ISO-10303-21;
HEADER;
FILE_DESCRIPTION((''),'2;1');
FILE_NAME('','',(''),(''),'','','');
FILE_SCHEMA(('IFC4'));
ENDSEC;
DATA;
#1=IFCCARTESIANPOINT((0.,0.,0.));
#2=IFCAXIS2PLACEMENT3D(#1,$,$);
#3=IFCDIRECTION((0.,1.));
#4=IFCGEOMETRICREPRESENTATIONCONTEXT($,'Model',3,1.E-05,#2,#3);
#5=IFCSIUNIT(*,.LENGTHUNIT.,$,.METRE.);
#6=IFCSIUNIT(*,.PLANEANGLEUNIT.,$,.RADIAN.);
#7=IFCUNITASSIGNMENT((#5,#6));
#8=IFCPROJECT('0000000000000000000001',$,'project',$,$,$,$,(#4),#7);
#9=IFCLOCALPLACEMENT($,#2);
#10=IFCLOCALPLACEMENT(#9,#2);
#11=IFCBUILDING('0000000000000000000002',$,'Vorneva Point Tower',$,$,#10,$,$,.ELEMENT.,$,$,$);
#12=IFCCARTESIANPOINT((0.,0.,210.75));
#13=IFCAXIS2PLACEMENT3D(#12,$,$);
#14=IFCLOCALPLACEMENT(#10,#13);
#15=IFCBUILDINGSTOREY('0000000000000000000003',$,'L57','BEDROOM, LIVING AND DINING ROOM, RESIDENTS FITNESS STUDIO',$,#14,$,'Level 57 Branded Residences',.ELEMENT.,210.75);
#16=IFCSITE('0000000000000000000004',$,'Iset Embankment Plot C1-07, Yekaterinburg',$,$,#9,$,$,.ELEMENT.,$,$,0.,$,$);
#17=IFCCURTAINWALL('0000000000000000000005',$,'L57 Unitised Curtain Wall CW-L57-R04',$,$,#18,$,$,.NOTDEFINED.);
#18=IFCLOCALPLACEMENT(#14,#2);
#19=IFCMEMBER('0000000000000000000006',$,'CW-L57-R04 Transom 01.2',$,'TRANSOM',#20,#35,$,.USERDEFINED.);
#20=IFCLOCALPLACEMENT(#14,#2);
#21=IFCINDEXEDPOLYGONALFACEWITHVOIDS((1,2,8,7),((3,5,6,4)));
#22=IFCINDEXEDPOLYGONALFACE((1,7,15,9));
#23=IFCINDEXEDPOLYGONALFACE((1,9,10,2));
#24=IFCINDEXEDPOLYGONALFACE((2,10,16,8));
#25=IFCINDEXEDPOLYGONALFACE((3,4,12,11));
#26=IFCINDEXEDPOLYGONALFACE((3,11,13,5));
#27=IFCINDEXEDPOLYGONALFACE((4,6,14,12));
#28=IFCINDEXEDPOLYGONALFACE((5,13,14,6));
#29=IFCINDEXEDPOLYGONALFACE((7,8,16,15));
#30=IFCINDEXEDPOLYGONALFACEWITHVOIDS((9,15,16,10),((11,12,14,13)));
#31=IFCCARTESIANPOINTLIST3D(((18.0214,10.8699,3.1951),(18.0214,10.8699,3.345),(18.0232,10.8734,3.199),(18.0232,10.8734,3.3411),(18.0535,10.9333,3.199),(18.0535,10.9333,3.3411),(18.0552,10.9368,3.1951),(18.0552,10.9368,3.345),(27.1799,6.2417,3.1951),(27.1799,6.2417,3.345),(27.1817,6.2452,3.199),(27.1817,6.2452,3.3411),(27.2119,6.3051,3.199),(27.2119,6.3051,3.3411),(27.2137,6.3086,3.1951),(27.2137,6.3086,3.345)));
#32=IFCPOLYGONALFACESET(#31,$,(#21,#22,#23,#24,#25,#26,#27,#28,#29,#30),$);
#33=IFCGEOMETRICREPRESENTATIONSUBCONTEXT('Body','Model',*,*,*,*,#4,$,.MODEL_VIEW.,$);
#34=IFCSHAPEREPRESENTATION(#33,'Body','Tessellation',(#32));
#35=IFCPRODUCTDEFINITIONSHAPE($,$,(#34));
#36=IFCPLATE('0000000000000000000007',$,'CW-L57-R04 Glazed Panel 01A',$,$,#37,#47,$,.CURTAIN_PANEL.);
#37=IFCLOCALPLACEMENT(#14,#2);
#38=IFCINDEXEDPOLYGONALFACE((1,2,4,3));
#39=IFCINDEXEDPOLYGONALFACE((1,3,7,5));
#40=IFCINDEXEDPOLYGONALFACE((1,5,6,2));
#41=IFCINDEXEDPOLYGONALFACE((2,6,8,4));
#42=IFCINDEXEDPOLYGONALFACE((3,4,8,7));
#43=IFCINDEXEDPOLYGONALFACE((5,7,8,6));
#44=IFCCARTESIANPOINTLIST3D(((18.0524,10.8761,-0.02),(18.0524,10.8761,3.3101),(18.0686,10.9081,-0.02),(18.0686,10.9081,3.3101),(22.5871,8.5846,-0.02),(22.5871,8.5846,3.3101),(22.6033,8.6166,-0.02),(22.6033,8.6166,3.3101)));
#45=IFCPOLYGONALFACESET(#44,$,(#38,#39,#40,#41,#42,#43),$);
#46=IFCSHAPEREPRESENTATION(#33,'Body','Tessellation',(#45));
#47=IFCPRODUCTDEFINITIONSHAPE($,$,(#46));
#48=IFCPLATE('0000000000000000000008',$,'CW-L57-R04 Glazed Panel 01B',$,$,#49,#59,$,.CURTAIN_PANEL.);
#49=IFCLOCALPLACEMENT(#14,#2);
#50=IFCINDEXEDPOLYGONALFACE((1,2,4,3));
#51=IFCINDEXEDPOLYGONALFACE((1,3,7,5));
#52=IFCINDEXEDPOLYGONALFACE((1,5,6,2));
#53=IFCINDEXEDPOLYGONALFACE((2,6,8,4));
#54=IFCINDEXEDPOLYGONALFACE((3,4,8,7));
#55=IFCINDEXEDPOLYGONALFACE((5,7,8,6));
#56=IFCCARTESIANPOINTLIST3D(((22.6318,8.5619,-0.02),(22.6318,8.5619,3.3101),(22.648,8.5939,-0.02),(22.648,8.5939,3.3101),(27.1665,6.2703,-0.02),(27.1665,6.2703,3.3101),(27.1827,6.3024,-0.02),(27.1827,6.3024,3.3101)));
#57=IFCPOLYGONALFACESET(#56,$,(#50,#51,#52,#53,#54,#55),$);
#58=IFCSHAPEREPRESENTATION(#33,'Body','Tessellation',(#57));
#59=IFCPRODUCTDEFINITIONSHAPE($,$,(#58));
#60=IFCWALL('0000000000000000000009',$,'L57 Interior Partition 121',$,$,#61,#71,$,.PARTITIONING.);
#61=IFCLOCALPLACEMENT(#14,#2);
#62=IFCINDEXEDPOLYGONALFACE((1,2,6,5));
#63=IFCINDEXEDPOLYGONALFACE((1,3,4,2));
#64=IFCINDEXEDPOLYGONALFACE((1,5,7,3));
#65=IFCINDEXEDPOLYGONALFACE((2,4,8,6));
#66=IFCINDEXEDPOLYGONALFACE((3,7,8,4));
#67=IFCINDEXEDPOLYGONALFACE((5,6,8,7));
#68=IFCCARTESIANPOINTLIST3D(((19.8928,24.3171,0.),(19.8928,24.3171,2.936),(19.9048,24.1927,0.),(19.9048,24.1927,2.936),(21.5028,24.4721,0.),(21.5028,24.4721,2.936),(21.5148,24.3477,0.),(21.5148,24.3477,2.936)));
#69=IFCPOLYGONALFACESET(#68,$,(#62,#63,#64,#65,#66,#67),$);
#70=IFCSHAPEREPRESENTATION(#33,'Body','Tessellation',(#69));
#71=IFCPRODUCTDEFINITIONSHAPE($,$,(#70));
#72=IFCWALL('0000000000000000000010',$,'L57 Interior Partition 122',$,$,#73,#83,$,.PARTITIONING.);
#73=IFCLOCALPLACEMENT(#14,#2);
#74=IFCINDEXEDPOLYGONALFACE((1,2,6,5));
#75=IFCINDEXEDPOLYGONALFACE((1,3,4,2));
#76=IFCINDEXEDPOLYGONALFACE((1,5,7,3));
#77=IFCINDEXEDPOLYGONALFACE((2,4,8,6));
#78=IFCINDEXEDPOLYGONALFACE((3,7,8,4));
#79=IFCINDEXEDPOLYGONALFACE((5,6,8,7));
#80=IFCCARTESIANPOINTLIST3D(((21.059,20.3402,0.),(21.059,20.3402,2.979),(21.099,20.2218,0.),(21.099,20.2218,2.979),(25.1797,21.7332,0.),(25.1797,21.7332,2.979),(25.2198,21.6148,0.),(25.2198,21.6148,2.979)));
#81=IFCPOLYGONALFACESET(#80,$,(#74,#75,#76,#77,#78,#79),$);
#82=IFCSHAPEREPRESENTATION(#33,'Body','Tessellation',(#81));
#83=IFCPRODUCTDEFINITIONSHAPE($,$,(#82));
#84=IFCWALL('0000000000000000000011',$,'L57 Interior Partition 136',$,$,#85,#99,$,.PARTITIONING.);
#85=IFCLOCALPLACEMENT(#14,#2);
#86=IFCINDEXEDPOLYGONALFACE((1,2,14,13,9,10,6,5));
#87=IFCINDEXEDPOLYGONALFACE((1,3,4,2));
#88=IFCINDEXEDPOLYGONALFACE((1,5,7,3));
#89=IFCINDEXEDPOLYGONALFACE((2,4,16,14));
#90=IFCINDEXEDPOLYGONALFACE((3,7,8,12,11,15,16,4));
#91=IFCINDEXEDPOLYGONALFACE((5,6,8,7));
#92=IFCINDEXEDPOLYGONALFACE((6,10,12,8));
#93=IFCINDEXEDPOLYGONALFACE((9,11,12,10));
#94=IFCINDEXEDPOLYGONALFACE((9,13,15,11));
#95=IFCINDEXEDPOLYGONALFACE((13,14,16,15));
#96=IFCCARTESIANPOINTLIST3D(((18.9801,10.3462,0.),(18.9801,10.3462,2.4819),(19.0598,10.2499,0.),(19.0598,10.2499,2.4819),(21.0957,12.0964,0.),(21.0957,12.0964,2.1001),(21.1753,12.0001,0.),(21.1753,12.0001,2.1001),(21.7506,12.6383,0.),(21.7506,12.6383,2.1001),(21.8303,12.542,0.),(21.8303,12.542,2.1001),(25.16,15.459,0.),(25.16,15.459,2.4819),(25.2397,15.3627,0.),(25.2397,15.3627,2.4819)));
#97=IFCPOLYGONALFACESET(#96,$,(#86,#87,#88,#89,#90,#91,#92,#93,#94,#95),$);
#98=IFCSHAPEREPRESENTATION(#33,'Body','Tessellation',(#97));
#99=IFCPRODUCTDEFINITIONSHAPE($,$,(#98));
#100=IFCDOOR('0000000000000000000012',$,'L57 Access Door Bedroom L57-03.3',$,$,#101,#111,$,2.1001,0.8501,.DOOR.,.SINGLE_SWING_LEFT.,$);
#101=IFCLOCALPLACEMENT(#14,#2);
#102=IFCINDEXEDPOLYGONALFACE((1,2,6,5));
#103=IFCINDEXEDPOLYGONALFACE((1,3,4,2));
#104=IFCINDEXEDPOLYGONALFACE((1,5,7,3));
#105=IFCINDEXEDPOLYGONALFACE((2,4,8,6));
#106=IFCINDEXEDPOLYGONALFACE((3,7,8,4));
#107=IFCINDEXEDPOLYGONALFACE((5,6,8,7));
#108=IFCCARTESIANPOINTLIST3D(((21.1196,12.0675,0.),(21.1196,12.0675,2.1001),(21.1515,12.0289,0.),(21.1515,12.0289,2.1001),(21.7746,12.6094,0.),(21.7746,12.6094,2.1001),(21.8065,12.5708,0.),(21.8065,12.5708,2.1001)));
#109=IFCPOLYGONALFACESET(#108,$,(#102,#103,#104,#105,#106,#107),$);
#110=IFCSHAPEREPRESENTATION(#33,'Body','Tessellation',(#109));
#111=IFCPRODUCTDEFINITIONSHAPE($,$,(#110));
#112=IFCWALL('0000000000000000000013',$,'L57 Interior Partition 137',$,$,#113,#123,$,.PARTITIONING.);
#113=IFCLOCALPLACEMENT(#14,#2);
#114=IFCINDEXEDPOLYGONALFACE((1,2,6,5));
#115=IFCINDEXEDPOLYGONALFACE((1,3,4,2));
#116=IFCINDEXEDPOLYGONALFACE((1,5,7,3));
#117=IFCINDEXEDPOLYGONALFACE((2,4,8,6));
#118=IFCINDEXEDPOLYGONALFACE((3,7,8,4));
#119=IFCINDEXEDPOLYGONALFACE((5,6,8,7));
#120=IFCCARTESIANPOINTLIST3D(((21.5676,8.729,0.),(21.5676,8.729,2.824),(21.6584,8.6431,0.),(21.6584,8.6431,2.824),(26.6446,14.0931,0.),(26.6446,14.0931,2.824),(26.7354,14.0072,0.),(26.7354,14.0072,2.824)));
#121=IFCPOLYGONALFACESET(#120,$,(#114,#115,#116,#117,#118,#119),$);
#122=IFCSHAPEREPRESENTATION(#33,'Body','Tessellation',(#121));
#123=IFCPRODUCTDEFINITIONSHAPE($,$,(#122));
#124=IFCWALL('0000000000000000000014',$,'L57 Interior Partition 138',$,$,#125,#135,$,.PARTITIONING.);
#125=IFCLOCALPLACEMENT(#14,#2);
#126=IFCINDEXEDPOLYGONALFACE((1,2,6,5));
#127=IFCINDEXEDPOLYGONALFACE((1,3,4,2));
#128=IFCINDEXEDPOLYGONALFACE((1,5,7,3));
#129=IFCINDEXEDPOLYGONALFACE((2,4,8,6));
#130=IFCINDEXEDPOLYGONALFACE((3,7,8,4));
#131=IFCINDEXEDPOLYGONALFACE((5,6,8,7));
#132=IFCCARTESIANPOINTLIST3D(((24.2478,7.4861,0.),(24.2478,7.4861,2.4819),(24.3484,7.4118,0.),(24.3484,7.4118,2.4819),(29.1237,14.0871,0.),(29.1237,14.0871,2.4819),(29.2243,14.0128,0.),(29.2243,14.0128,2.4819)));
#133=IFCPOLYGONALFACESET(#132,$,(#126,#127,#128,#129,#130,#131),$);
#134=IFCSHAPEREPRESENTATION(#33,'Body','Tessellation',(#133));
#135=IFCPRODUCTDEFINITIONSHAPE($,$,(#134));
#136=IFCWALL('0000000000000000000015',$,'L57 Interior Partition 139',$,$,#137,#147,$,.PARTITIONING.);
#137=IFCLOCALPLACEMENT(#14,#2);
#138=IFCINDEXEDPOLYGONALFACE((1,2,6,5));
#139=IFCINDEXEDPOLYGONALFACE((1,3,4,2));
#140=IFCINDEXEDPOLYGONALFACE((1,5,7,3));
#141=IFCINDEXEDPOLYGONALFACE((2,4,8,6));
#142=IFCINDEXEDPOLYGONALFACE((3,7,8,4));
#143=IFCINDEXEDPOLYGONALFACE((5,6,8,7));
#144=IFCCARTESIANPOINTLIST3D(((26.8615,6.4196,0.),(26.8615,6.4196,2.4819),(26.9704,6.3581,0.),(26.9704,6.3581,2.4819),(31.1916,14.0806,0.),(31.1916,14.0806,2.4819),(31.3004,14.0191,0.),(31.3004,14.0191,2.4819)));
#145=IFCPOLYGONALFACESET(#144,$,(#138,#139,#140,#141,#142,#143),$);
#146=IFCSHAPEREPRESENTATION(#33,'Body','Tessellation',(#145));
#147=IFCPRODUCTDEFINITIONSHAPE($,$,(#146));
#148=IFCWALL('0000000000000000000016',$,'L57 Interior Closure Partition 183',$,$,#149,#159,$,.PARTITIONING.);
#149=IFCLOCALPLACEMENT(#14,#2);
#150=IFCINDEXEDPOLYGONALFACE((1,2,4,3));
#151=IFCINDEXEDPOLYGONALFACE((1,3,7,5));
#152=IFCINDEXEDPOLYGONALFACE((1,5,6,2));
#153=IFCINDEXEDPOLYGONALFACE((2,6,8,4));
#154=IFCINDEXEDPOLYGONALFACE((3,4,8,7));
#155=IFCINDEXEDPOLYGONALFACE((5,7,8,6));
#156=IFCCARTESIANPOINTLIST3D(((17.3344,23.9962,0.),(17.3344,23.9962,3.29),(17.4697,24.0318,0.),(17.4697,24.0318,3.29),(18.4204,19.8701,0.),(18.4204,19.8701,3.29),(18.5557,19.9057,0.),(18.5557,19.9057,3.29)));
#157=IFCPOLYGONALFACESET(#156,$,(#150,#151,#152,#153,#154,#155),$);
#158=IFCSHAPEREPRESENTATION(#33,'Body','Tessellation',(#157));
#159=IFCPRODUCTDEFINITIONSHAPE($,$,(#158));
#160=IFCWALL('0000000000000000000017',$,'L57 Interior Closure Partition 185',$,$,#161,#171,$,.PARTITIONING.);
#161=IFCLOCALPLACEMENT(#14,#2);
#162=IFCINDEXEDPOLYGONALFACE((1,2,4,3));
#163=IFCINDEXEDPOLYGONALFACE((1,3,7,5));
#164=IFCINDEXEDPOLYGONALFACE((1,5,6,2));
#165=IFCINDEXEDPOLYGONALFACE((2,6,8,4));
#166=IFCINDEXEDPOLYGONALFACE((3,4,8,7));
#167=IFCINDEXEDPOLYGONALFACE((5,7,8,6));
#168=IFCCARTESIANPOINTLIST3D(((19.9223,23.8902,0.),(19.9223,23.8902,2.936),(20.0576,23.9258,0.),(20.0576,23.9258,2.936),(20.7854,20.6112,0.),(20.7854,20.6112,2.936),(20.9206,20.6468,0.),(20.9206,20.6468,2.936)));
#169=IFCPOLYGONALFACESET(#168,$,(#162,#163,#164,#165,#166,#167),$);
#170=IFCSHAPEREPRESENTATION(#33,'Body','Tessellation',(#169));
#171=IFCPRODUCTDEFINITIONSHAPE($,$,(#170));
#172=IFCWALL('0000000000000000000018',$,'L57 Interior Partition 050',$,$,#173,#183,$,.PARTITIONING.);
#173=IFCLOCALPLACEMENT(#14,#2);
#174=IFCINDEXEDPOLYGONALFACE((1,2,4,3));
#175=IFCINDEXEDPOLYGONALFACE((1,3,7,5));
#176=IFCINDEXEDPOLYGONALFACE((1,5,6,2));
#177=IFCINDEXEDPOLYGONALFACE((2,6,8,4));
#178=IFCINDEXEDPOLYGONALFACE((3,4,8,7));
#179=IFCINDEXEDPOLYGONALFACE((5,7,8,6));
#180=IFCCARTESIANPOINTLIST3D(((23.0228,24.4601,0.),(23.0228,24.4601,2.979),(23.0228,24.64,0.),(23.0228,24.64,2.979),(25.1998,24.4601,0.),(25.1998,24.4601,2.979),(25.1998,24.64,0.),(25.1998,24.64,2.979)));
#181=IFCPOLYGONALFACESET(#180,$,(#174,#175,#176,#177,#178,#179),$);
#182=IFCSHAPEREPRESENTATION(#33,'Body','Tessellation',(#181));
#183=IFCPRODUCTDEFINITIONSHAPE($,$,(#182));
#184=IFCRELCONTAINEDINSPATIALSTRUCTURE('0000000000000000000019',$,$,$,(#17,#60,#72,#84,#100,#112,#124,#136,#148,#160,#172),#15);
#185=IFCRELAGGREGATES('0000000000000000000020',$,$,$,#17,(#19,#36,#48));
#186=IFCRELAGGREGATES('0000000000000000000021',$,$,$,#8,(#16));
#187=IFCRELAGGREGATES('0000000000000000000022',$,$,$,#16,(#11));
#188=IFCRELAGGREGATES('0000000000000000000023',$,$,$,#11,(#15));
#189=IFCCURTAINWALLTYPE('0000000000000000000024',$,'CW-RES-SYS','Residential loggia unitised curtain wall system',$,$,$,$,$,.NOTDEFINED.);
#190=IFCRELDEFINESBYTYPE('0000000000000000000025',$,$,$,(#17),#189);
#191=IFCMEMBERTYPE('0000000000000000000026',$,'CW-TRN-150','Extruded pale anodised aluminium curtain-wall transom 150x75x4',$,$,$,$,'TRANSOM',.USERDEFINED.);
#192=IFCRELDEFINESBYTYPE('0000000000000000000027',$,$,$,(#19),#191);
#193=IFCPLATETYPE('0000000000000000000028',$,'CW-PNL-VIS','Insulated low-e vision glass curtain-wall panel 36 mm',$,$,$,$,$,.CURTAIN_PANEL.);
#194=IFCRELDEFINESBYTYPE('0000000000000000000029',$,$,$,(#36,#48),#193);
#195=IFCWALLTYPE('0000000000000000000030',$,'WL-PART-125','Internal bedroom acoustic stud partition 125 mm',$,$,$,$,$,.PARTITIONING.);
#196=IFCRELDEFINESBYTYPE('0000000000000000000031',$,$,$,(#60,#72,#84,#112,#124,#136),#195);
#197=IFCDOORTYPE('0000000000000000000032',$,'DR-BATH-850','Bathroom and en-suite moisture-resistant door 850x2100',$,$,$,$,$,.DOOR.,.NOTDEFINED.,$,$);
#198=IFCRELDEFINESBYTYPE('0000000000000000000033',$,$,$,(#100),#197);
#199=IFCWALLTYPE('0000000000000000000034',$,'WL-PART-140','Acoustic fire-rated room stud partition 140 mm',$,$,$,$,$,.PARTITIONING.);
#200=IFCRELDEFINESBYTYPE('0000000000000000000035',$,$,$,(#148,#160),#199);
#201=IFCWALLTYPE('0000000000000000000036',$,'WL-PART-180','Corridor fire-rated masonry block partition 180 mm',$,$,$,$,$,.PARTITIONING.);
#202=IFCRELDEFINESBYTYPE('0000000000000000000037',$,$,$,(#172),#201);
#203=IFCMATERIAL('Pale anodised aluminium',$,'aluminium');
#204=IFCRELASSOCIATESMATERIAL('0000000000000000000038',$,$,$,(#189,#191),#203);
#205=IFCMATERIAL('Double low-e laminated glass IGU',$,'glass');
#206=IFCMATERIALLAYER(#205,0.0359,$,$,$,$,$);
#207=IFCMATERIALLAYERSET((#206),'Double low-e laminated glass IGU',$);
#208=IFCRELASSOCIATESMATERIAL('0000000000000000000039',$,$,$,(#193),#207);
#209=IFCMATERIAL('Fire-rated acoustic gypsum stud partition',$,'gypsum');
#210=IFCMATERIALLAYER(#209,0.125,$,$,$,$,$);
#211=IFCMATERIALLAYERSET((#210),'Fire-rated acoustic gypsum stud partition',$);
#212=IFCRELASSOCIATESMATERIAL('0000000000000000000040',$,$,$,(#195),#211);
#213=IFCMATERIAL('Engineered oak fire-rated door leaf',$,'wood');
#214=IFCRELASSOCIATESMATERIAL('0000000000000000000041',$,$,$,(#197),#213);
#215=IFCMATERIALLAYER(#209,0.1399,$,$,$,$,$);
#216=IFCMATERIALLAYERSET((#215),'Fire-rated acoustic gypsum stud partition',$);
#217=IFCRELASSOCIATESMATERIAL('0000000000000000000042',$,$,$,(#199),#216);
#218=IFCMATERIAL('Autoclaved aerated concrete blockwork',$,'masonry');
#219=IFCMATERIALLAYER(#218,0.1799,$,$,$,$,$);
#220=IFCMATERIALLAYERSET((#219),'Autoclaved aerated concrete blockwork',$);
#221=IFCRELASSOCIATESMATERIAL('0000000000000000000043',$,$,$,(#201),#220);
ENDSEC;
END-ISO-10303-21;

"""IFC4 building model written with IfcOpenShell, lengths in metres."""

from ifc_helpers import new_model, si_unit, direction, frame, frame_2d, origin, origin_2d, place, context, subcontext, project, spatial, rectangle, hollow_rectangle, extrude, material, layer, layer_set, material_profile, profile_set, type_object, element, fill, aggregate, save


model = new_model("IFC4")

# Units and contexts
model_context = context("Model", 3, precision=1e-05, world=origin(), true_north=direction((0.0, 1.0)))
body_context = subcontext(model_context, "Body", "Model", "MODEL_VIEW")
ifc_project = project(units=[si_unit("LENGTHUNIT", "METRE"), si_unit("PLANEANGLEUNIT", "RADIAN")], contexts=[model_context])

# Site, building, storey
site_placement = place(None, origin())
site = spatial("IfcSite", under=ifc_project, at=site_placement, Name="Iset Embankment Plot C1-07, Yekaterinburg", CompositionType="ELEMENT", RefElevation=0.0)
building_placement = place(site_placement, origin())
building = spatial("IfcBuilding", under=site, at=building_placement, Name="Vorneva Point Tower", CompositionType="ELEMENT")
storey_placement = place(building_placement, frame((0.0, 0.0, 210.75)))
storey = spatial("IfcBuildingStorey", under=building, at=storey_placement, Name="L57", Description="BEDROOM, LIVING AND DINING ROOM, RESIDENTS FITNESS STUDIO", LongName="Level 57 Branded Residences", CompositionType="ELEMENT", Elevation=210.75)

# Curtain wall, member, plates
ifc_material_1 = material(Name="Pale anodised aluminium", Category="aluminium")
curtain_wall_type = type_object("IfcCurtainWallType", Name="CW-RES-SYS", Description="Residential loggia unitised curtain wall system", PredefinedType="NOTDEFINED", material=ifc_material_1)
curtain_wall_placement = place(storey_placement, origin())
curtain_wall = element("IfcCurtainWall", 1, at=curtain_wall_placement, inside=storey, type_object=curtain_wall_type, Name="L57 Unitised Curtain Wall CW-L57-R04", PredefinedType="NOTDEFINED")
ifc_material_profile_1 = material_profile(ifc_material_1, hollow_rectangle(XDim=0.075, YDim=0.1499, WallThickness=0.0039, at=origin_2d()), Name="AL-TRN 150x75x4")
ifc_profile_set_1 = profile_set([ifc_material_profile_1], Name="Pale anodised aluminium")
member_type_1 = type_object("IfcMemberType", Name="CW-TRN-150", Description="Extruded pale anodised aluminium curtain-wall transom 150x75x4", ElementType="TRANSOM", PredefinedType="USERDEFINED", material=ifc_profile_set_1)
member_1_placement = place(storey_placement, frame((18.0383, 10.9033, 3.27), z_axis=(0.892511, -0.451026, 0.0), x_axis=(0.451026, 0.892511, 0.0)))
member_1 = element("IfcMember", 2, at=member_1_placement, type_object=member_type_1, Name="CW-L57-R04 Transom 01.2", ObjectType="TRANSOM", PredefinedType="USERDEFINED", context=body_context, shape_type="SweptSolid", body=[
    extrude(hollow_rectangle(XDim=0.075, YDim=0.1499, WallThickness=0.0039, at=origin_2d()), origin(), (0.0, 0.0, 1.0), 10.2615),
])
ifc_material_2 = material(Name="Double low-e laminated glass IGU", Category="glass")
ifc_layer_1 = layer(ifc_material_2, 0.0359)
ifc_layer_set_1 = layer_set([ifc_layer_1], Name="Double low-e laminated glass IGU")
plate_type = type_object("IfcPlateType", Name="CW-PNL-VIS", Description="Insulated low-e vision glass curtain-wall panel 36 mm", PredefinedType="CURTAIN_PANEL", material=ifc_layer_set_1)
plate_1_placement = place(storey_placement, frame((20.3279, 9.7463, -0.02), z_axis=(0.0, 0.0, 1.0), x_axis=(0.892515, -0.451018, 0.0)))
plate_1 = element("IfcPlate", 3, at=plate_1_placement, type_object=plate_type, Name="CW-L57-R04 Glazed Panel 01A", PredefinedType="CURTAIN_PANEL", context=body_context, shape_type="SweptSolid", body=[
    extrude(rectangle(XDim=5.0808, YDim=0.0359, at=origin_2d()), origin(), (0.0, 0.0, 1.0), 3.3301),
])
plate_2_placement = place(storey_placement, frame((24.9072, 7.4321, -0.02), z_axis=(0.0, 0.0, 1.0), x_axis=(0.892515, -0.451018, 0.0)))
plate_2 = element("IfcPlate", 4, at=plate_2_placement, type_object=plate_type, Name="CW-L57-R04 Glazed Panel 01B", PredefinedType="CURTAIN_PANEL", context=body_context, shape_type="SweptSolid", body=[
    extrude(rectangle(XDim=5.0808, YDim=0.0359, at=origin_2d()), origin(), (0.0, 0.0, 1.0), 3.3301),
])
aggregate(curtain_wall, [member_1, plate_1, plate_2])

# Walls
ifc_material_3 = material(Name="Fire-rated acoustic gypsum stud partition", Category="gypsum")
ifc_layer_2 = layer(ifc_material_3, 0.125)
ifc_layer_set_2 = layer_set([ifc_layer_2], Name="Fire-rated acoustic gypsum stud partition")
wall_type_1 = type_object("IfcWallType", Name="WL-PART-125", Description="Internal bedroom acoustic stud partition 125 mm", PredefinedType="PARTITIONING", material=ifc_layer_set_2)
wall_1_placement = place(storey_placement, frame((19.8989, 24.2549, 0.0), z_axis=(0.0, 0.0, 1.0), x_axis=(0.995395, 0.095856, 0.0)))
element("IfcWall", 5, at=wall_1_placement, inside=storey, type_object=wall_type_1, Name="L57 Interior Partition 121", PredefinedType="PARTITIONING", context=body_context, shape_type="SweptSolid", body=[
    extrude(rectangle(XDim=1.6174, YDim=0.125, at=frame_2d((0.8086, 0.0))), origin(), (0.0, 0.0, 1.0), 2.936),
])
wall_2_placement = place(storey_placement, frame((21.0791, 20.281, 0.0), z_axis=(0.0, 0.0, 1.0), x_axis=(0.947333, 0.320249, 0.0)))
element("IfcWall", 6, at=wall_2_placement, inside=storey, type_object=wall_type_1, Name="L57 Interior Partition 122", PredefinedType="PARTITIONING", context=body_context, shape_type="SweptSolid", body=[
    extrude(rectangle(XDim=4.3499, YDim=0.125, at=frame_2d((2.1748, 0.0))), origin(), (0.0, 0.0, 1.0), 2.979),
])

# Wall, opening, door
wall_3_placement = place(storey_placement, frame((19.02, 10.2981, 0.0), z_axis=(0.0, 0.0, 1.0), x_axis=(0.770494, 0.637447, 0.0)))
wall_3 = element("IfcWall", 7, at=wall_3_placement, inside=storey, type_object=wall_type_1, Name="L57 Interior Partition 136", PredefinedType="PARTITIONING", context=body_context, shape_type="SweptSolid", body=[
    extrude(rectangle(XDim=8.0208, YDim=0.125, at=frame_2d((4.0103, 0.0))), origin(), (0.0, 0.0, 1.0), 2.4819),
])
opening_1_placement = place(wall_3_placement, frame((2.7456, 0.0, 0.0)))
opening_1 = element("IfcOpeningElement", 8, at=opening_1_placement, cuts=wall_3, PredefinedType="OPENING", context=body_context, shape_type="SweptSolid", body=[
    extrude(rectangle(XDim=0.8501, YDim=2.1001, at=frame_2d((0.425, 1.05))), frame((0.0, 0.0774, 0.0), z_axis=(0.0, -1.0, 0.0), x_axis=(1.0, 0.0, 0.0)), (0.0, 0.0, 1.0), 0.1548),
])
ifc_material_4 = material(Name="Engineered oak fire-rated door leaf", Category="wood")
door_type_1 = type_object("IfcDoorType", Name="DR-BATH-850", Description="Bathroom and en-suite moisture-resistant door 850x2100", OperationType="NOTDEFINED", PredefinedType="DOOR", material=ifc_material_4)
door_1_placement = place(opening_1_placement, origin())
door_1 = element("IfcDoor", 9, at=door_1_placement, inside=storey, type_object=door_type_1, Name="L57 Access Door Bedroom L57-03.3", OperationType="SINGLE_SWING_LEFT", OverallHeight=2.1001, OverallWidth=0.8501, PredefinedType="DOOR", context=body_context, shape_type="SweptSolid", body=[
    extrude(rectangle(XDim=0.8501, YDim=2.1001, at=frame_2d((0.425, 1.05))), frame((0.0, 0.0249, 0.0), z_axis=(0.0, -1.0, 0.0), x_axis=(1.0, 0.0, 0.0)), (0.0, 0.0, 1.0), 0.05),
])
fill(opening_1, door_1)

# Walls
wall_4_placement = place(storey_placement, frame((21.613, 8.686, 0.0), z_axis=(0.0, 0.0, 1.0), x_axis=(0.687403, 0.726277, 0.0)))
element("IfcWall", 10, at=wall_4_placement, inside=storey, type_object=wall_type_1, Name="L57 Interior Partition 137", PredefinedType="PARTITIONING", context=body_context, shape_type="SweptSolid", body=[
    extrude(rectangle(XDim=7.3857, YDim=0.125, at=frame_2d((3.6929, 0.0))), origin(), (0.0, 0.0, 1.0), 2.824),
])
wall_5_placement = place(storey_placement, frame((24.2981, 7.449, 0.0), z_axis=(0.0, 0.0, 1.0), x_axis=(0.594148, 0.804355, 0.0)))
element("IfcWall", 11, at=wall_5_placement, inside=storey, type_object=wall_type_1, Name="L57 Interior Partition 138", PredefinedType="PARTITIONING", context=body_context, shape_type="SweptSolid", body=[
    extrude(rectangle(XDim=8.2065, YDim=0.125, at=frame_2d((4.1033, 0.0))), origin(), (0.0, 0.0, 1.0), 2.4819),
])
wall_6_placement = place(storey_placement, frame((26.916, 6.3889, 0.0), z_axis=(0.0, 0.0, 1.0), x_axis=(0.492046, 0.870569, 0.0)))
element("IfcWall", 12, at=wall_6_placement, inside=storey, type_object=wall_type_1, Name="L57 Interior Partition 139", PredefinedType="PARTITIONING", context=body_context, shape_type="SweptSolid", body=[
    extrude(rectangle(XDim=8.8, YDim=0.125, at=frame_2d((4.3999, 0.0))), origin(), (0.0, 0.0, 1.0), 2.4819),
])
ifc_layer_3 = layer(ifc_material_3, 0.1399)
ifc_layer_set_3 = layer_set([ifc_layer_3], Name="Fire-rated acoustic gypsum stud partition")
wall_type_2 = type_object("IfcWallType", Name="WL-PART-140", Description="Acoustic fire-rated room stud partition 140 mm", PredefinedType="PARTITIONING", material=ifc_layer_set_3)
wall_7_placement = place(storey_placement, frame((18.488, 19.8879, 0.0), z_axis=(0.0, 0.0, 1.0), x_axis=(-0.254527, 0.967066, 0.0)))
element("IfcWall", 13, at=wall_7_placement, inside=storey, type_object=wall_type_2, Name="L57 Interior Closure Partition 183", PredefinedType="PARTITIONING", context=body_context, shape_type="SweptSolid", body=[
    extrude(rectangle(XDim=4.2666, YDim=0.1399, at=frame_2d((2.1333, 0.0))), origin(), (0.0, 0.0, 1.0), 3.29),
])
wall_8_placement = place(storey_placement, frame((19.99, 23.908, 0.0), z_axis=(0.0, 0.0, 1.0), x_axis=(0.254529, -0.967065, 0.0)))
element("IfcWall", 14, at=wall_8_placement, inside=storey, type_object=wall_type_2, Name="L57 Interior Closure Partition 185", PredefinedType="PARTITIONING", context=body_context, shape_type="SweptSolid", body=[
    extrude(rectangle(XDim=3.3906, YDim=0.1399, at=frame_2d((1.6953, 0.0))), origin(), (0.0, 0.0, 1.0), 2.936),
])
ifc_material_5 = material(Name="Autoclaved aerated concrete blockwork", Category="masonry")
ifc_layer_4 = layer(ifc_material_5, 0.1799)
ifc_layer_set_4 = layer_set([ifc_layer_4], Name="Autoclaved aerated concrete blockwork")
wall_type_3 = type_object("IfcWallType", Name="WL-PART-180", Description="Corridor fire-rated masonry block partition 180 mm", PredefinedType="PARTITIONING", material=ifc_layer_set_4)
wall_9_placement = place(storey_placement, frame((23.0229, 24.55, 0.0), z_axis=(0.0, 0.0, 1.0), x_axis=(1.0, 0.0, 0.0)))
element("IfcWall", 15, at=wall_9_placement, inside=storey, type_object=wall_type_3, Name="L57 Interior Partition 050", PredefinedType="PARTITIONING", context=body_context, shape_type="SweptSolid", body=[
    extrude(rectangle(XDim=2.177, YDim=0.1799, at=frame_2d((1.0884, 0.0))), origin(), (0.0, 0.0, 1.0), 2.979),
])

save(model, "model.ifc")
